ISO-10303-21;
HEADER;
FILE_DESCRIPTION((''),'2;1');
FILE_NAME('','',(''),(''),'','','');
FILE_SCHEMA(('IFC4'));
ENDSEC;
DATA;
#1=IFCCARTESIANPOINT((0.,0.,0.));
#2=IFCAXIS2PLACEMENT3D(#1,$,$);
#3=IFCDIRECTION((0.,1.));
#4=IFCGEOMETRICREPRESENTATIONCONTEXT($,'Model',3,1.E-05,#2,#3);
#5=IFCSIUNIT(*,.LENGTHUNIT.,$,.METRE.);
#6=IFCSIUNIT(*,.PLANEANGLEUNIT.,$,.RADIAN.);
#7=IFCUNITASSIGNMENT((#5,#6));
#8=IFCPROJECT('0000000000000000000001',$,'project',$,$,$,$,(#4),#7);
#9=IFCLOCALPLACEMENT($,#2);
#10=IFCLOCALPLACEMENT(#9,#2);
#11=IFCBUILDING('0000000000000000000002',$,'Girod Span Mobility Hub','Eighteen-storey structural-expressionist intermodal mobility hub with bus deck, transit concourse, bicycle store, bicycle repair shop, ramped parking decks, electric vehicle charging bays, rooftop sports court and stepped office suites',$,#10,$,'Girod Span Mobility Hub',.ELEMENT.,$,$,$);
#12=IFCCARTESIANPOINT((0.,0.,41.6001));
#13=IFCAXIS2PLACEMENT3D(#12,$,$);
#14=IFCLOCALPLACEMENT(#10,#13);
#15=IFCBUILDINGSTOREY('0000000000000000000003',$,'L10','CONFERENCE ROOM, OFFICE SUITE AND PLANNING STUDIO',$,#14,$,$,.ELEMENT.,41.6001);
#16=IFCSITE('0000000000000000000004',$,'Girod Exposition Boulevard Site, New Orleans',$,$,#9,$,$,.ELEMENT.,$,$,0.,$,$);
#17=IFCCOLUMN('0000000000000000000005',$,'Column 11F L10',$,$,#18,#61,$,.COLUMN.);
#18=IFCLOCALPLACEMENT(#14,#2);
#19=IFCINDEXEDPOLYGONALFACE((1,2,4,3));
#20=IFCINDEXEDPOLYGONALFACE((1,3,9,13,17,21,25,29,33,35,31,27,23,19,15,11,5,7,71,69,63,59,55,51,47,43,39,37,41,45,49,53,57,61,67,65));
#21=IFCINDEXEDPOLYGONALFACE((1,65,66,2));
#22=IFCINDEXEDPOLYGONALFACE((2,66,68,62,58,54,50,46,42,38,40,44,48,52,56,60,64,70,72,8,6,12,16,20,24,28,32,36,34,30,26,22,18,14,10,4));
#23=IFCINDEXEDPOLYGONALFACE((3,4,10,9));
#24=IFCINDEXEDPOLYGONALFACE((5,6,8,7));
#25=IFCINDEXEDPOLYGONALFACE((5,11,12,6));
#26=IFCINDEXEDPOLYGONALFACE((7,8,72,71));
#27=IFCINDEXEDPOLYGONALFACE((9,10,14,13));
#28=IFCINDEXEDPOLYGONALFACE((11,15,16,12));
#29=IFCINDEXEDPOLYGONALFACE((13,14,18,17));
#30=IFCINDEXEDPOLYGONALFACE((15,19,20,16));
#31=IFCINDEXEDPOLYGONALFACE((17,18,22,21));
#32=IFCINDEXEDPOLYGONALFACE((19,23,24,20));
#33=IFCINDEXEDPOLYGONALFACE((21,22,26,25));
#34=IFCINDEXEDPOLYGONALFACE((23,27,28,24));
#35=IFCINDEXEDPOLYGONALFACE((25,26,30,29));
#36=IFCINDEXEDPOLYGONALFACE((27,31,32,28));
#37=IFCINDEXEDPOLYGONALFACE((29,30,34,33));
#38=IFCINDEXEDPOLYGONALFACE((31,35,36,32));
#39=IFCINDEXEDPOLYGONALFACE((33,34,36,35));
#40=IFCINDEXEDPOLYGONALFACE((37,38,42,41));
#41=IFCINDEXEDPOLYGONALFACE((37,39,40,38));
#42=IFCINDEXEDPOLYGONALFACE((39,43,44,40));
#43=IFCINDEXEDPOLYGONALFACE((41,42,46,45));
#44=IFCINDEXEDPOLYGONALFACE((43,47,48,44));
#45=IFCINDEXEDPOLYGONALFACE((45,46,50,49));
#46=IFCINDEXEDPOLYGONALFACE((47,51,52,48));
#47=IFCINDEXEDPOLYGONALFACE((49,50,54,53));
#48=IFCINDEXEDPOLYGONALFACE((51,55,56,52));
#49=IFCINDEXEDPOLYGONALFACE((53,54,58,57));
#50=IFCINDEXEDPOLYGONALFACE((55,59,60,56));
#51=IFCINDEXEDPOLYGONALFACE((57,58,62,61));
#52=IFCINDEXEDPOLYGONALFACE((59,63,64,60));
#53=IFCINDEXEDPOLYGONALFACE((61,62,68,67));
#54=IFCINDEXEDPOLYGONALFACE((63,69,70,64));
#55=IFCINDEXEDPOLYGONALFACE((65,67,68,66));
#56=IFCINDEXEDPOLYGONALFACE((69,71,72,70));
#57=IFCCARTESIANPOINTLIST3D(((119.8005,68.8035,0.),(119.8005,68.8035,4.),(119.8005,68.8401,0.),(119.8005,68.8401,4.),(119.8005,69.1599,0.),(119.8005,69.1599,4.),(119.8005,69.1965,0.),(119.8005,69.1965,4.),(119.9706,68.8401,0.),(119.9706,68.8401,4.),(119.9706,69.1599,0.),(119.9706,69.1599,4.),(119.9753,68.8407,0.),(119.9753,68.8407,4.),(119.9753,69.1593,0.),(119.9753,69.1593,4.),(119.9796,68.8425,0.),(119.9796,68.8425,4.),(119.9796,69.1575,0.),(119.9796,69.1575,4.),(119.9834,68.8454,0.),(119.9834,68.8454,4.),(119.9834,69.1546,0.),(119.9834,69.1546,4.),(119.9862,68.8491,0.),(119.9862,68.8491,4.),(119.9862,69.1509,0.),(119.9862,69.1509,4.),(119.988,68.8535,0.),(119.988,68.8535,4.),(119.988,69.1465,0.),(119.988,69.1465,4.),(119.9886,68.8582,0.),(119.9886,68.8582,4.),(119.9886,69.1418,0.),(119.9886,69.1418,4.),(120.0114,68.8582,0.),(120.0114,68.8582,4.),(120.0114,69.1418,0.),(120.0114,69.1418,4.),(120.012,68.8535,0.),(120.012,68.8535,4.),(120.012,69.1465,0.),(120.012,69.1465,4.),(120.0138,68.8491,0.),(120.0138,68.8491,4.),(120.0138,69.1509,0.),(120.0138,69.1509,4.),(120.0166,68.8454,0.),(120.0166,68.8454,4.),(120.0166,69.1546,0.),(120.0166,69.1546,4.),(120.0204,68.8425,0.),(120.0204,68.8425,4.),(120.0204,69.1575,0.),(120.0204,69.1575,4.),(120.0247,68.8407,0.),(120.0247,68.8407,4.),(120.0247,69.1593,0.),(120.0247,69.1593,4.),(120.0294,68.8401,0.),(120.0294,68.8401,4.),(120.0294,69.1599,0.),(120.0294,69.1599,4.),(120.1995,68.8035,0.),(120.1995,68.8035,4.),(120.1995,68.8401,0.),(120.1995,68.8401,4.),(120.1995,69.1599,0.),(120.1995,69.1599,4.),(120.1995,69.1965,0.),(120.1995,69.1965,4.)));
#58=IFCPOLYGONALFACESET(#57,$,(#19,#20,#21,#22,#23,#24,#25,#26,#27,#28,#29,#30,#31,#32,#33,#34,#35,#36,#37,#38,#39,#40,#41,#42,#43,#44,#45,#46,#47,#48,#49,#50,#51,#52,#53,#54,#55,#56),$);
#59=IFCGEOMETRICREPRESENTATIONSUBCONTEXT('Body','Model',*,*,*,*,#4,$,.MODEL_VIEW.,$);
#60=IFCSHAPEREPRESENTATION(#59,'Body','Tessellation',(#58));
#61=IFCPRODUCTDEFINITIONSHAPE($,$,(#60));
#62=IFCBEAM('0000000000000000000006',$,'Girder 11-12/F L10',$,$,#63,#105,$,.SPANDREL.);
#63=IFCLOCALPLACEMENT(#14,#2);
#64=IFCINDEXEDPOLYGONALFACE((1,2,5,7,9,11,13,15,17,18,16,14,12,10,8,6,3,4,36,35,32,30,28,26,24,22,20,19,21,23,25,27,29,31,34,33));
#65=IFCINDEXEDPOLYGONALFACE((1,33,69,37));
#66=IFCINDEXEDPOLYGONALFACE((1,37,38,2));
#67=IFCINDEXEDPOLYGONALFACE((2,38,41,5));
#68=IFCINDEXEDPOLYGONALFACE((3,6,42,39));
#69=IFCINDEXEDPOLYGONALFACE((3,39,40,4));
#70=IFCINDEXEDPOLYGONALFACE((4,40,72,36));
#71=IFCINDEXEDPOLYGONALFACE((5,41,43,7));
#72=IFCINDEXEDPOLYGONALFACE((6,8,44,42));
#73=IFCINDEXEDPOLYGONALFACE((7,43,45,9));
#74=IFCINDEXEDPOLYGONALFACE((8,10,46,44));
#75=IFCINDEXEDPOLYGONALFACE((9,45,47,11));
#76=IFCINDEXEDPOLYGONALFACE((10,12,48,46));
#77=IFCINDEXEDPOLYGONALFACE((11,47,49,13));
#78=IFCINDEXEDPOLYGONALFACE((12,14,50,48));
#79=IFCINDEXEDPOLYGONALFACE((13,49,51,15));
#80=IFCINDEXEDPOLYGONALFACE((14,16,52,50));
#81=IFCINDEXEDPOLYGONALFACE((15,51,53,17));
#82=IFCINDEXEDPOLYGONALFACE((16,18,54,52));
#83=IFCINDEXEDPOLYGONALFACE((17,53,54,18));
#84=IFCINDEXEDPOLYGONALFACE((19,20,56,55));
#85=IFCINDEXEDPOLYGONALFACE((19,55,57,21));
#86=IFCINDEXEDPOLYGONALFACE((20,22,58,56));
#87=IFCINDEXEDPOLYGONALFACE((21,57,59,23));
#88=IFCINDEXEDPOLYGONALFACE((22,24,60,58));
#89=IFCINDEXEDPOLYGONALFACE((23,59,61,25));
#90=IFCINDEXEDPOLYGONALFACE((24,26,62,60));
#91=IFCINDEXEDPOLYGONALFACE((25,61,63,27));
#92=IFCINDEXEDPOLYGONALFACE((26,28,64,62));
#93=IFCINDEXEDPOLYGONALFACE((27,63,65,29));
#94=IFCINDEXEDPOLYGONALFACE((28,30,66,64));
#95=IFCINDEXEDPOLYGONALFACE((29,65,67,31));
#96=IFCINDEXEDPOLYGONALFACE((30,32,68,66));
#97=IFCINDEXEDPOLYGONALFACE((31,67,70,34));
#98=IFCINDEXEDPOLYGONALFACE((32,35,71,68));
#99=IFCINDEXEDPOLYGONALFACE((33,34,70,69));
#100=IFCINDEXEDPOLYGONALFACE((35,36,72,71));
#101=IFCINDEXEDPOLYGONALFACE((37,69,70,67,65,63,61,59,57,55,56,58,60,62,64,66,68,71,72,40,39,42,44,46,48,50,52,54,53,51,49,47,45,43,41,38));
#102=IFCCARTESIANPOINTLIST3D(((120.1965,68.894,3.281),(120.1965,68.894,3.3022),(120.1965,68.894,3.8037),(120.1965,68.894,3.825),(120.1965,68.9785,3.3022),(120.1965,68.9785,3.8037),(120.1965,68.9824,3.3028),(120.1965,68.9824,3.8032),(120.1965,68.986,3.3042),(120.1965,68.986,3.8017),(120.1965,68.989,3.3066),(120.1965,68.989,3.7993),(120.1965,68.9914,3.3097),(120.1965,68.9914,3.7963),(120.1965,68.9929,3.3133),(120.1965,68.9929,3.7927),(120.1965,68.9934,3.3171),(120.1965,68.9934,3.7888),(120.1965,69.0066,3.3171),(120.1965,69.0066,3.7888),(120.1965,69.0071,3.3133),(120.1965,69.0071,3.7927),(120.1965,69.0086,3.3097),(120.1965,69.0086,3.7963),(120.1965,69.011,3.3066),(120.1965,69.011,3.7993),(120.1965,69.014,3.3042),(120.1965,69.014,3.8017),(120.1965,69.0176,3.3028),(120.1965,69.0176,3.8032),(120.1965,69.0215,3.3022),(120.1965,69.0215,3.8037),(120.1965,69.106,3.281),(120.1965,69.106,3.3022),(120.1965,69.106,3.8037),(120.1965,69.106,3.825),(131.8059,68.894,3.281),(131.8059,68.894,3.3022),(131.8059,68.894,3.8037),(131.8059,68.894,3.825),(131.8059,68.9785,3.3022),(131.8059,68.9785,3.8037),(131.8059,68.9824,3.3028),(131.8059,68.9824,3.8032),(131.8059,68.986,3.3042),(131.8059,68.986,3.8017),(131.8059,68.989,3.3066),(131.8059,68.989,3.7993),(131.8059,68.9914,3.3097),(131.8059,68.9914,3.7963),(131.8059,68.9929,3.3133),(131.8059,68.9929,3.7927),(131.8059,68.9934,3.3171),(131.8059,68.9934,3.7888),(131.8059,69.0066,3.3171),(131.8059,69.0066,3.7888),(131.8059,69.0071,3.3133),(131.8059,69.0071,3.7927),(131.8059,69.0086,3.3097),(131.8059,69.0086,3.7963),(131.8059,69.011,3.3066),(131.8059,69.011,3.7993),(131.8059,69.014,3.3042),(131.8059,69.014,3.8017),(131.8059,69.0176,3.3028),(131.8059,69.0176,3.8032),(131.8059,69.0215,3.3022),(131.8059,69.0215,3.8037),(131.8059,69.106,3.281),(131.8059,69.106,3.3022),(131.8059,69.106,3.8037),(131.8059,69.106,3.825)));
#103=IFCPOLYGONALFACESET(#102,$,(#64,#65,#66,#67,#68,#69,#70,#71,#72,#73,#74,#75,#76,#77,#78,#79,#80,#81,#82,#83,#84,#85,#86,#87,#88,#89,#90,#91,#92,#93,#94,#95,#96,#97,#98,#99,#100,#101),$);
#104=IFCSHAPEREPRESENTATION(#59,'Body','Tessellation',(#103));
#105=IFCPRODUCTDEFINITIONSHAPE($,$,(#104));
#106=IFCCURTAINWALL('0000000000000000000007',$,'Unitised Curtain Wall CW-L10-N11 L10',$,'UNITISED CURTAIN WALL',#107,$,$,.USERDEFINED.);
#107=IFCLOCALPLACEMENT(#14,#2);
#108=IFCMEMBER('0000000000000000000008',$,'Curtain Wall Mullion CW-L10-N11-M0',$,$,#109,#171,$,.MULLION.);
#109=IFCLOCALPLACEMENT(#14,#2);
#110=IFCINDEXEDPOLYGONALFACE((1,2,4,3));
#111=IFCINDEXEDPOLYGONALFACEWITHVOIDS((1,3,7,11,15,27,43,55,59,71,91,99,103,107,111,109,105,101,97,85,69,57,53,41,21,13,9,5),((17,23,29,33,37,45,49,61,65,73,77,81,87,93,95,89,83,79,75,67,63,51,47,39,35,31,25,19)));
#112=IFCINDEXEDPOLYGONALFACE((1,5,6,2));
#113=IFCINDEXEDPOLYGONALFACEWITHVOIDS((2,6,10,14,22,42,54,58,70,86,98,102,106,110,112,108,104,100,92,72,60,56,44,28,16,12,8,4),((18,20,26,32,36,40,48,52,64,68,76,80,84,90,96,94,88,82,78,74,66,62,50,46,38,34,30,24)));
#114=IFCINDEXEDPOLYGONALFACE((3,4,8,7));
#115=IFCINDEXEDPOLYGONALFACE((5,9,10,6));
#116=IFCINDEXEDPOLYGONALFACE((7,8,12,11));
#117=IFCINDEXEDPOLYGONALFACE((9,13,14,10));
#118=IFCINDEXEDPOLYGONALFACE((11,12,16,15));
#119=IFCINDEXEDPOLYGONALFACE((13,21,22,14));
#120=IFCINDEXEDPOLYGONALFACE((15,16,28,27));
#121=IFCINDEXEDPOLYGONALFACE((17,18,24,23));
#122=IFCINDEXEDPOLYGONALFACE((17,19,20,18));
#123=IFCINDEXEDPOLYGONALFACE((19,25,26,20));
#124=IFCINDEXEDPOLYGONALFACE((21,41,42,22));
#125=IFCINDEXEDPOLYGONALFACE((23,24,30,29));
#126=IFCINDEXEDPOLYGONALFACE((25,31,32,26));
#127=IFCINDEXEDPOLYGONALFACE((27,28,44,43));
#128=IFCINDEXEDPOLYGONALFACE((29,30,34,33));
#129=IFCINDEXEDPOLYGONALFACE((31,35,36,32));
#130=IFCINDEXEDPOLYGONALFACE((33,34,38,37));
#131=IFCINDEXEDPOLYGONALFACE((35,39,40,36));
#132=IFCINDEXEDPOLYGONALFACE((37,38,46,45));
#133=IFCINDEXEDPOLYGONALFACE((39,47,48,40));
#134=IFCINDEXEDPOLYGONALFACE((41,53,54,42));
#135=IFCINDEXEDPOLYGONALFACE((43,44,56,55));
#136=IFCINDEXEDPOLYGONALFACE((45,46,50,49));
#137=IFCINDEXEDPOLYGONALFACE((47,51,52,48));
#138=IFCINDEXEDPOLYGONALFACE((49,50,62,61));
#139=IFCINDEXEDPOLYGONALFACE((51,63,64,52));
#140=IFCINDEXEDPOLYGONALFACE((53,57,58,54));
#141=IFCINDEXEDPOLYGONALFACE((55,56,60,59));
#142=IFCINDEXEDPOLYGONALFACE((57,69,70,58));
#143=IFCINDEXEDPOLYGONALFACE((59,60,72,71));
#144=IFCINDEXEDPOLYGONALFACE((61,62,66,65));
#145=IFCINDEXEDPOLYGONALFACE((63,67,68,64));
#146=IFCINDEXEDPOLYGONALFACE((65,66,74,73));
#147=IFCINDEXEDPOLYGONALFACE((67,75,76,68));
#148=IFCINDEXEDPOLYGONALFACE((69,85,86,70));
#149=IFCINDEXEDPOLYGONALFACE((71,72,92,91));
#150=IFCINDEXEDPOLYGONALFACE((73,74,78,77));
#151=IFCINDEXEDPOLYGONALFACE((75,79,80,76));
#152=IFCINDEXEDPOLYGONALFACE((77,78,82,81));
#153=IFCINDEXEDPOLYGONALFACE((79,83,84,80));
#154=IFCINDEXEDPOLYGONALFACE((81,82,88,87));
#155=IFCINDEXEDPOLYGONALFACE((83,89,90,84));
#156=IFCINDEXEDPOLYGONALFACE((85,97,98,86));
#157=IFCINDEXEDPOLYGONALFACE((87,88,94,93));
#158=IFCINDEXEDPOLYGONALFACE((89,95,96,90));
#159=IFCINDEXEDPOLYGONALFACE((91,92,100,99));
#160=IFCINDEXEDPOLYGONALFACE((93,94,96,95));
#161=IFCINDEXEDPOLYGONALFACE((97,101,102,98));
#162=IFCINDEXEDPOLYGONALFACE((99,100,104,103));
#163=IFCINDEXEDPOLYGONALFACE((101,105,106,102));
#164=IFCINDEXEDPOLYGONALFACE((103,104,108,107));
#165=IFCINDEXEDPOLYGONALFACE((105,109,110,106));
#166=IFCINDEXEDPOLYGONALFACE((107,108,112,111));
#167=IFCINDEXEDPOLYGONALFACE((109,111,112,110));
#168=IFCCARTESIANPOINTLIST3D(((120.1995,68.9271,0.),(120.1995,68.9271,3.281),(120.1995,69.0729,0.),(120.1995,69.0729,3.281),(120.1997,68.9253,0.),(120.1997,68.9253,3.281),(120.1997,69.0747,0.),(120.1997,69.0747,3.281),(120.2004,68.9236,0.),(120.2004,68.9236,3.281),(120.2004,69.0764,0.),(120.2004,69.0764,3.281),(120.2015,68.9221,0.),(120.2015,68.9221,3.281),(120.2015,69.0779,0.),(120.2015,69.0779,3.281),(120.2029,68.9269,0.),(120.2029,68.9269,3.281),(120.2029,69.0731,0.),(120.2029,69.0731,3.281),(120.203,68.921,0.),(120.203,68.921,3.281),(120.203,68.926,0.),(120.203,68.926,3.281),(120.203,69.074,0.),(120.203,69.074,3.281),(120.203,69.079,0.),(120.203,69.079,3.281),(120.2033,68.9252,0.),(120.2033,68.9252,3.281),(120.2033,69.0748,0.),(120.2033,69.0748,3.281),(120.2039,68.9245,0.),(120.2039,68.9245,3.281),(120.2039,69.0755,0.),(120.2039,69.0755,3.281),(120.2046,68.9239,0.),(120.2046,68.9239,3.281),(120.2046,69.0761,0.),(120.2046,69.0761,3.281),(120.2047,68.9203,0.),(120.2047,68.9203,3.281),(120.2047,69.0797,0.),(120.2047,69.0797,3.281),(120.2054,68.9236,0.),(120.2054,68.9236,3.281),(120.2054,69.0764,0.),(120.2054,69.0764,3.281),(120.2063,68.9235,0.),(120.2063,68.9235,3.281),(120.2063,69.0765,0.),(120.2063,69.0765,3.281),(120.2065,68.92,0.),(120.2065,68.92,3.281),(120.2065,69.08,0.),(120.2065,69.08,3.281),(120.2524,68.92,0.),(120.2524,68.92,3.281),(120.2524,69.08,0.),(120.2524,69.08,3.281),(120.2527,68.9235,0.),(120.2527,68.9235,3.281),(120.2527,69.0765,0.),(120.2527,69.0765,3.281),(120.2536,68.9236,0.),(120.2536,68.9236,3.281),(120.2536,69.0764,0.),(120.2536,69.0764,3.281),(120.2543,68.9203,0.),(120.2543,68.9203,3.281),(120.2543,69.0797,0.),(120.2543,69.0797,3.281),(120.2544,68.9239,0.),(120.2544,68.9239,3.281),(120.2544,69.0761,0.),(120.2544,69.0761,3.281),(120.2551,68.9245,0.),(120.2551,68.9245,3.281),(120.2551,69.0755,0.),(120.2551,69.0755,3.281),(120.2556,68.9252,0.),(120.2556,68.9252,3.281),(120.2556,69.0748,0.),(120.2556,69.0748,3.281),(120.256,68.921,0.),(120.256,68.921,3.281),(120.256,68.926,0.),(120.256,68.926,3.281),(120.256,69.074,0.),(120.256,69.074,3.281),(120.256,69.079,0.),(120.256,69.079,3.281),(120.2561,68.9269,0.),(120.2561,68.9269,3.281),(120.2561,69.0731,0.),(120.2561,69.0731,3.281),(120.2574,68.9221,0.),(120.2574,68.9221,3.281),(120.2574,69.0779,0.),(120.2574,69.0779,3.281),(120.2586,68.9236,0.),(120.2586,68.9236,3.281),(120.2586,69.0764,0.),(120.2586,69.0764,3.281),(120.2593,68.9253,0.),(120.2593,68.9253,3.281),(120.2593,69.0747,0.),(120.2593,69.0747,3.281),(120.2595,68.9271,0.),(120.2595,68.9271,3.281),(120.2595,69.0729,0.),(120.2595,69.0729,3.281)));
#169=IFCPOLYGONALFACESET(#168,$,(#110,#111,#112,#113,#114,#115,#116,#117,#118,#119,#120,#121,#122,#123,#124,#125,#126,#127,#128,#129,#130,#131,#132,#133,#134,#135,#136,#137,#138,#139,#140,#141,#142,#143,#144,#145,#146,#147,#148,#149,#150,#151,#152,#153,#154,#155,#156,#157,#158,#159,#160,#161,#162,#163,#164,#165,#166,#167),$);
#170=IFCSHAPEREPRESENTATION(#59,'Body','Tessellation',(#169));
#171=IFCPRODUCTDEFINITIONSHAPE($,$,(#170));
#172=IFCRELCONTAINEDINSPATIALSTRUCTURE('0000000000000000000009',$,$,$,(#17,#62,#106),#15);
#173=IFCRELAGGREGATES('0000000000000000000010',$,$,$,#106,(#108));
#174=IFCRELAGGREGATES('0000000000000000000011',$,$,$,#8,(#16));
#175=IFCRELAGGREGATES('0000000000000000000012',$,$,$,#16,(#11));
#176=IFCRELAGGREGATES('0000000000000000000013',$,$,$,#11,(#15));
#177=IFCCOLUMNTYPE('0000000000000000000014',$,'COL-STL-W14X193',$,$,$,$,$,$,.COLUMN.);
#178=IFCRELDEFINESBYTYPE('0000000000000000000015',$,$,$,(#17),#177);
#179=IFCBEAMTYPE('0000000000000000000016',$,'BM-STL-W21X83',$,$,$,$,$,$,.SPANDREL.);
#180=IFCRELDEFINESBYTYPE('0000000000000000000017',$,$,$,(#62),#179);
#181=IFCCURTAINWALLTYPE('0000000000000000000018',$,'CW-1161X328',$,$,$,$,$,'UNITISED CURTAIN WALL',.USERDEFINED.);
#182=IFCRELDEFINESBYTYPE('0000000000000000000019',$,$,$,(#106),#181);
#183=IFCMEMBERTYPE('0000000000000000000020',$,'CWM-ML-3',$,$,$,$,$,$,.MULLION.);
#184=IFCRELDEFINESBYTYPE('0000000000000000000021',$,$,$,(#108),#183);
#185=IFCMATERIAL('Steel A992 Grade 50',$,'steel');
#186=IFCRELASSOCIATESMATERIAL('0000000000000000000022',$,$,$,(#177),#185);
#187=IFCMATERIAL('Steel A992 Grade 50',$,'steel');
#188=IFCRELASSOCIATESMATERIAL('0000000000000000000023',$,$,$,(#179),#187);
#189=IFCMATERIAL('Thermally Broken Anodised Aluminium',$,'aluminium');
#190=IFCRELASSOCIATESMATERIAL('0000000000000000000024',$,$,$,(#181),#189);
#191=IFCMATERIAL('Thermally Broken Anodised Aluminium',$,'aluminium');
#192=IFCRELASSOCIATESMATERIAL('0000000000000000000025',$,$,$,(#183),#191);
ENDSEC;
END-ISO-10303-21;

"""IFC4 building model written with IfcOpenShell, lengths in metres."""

from ifc_helpers import new_model, si_unit, direction, frame, origin, origin_2d, place, context, subcontext, project, spatial, hollow_rectangle, i_section, extrude, material, material_profile, profile_set, type_object, element, aggregate, save


model = new_model("IFC4")

# Units and contexts
model_context = context("Model", 3, precision=1e-05, world=origin(), true_north=direction((0.0, 1.0)))
body_context = subcontext(model_context, "Body", "Model", "MODEL_VIEW")
ifc_project = project(units=[si_unit("LENGTHUNIT", "METRE"), si_unit("PLANEANGLEUNIT", "RADIAN")], contexts=[model_context])

# Site, building, storey
site_placement = place(None, origin())
site = spatial("IfcSite", under=ifc_project, at=site_placement, Name="Girod Exposition Boulevard Site, New Orleans", CompositionType="ELEMENT", RefElevation=0.0)
building_placement = place(site_placement, origin())
building = spatial("IfcBuilding", under=site, at=building_placement, Name="Girod Span Mobility Hub", Description="Eighteen-storey structural-expressionist intermodal mobility hub with bus deck, transit concourse, bicycle store, bicycle repair shop, ramped parking decks, electric vehicle charging bays, rooftop sports court and stepped office suites", LongName="Girod Span Mobility Hub", CompositionType="ELEMENT")
storey_placement = place(building_placement, frame((0.0, 0.0, 41.6001)))
storey = spatial("IfcBuildingStorey", under=building, at=storey_placement, Name="L10", Description="CONFERENCE ROOM, OFFICE SUITE AND PLANNING STUDIO", CompositionType="ELEMENT", Elevation=41.6001)

# Column
ifc_material_1 = material(Name="Steel A992 Grade 50", Category="steel")
ifc_material_profile_1 = material_profile(ifc_material_1, i_section(OverallWidth=0.3989, OverallDepth=0.3931, WebThickness=0.0227, FlangeThickness=0.0366, FilletRadius=0.0181, at=origin_2d()), Name="W14X193")
ifc_profile_set_1 = profile_set([ifc_material_profile_1], Name="Steel A992 Grade 50")
column_type = type_object("IfcColumnType", Name="COL-STL-W14X193", PredefinedType="COLUMN", material=ifc_profile_set_1)
column_placement = place(storey_placement, frame((120.0, 69.0, 0.0), z_axis=(0.0, 0.0, 1.0), x_axis=(1.0, 0.0, 0.0)))
element("IfcColumn", 1, at=column_placement, inside=storey, type_object=column_type, Name="Column 11F L10", PredefinedType="COLUMN", context=body_context, shape_type="SweptSolid", body=[
    extrude(i_section(OverallWidth=0.3989, OverallDepth=0.3931, WebThickness=0.0227, FlangeThickness=0.0366, FilletRadius=0.0181, at=origin_2d()), origin(), (0.0, 0.0, 1.0), 4.0),
])

# Beam
ifc_material_2 = material(Name="Steel A992 Grade 50", Category="steel")
ifc_material_profile_2 = material_profile(ifc_material_2, i_section(OverallWidth=0.2119, OverallDepth=0.5439, WebThickness=0.0132, FlangeThickness=0.0212, FilletRadius=0.0149, at=origin_2d()), Name="W21X83")
ifc_profile_set_2 = profile_set([ifc_material_profile_2], Name="Steel A992 Grade 50")
beam_type = type_object("IfcBeamType", Name="BM-STL-W21X83", PredefinedType="SPANDREL", material=ifc_profile_set_2)
beam_placement = place(storey_placement, frame((120.1965, 69.0, 3.553), z_axis=(1.0, 0.0, 0.0), x_axis=(0.0, 1.0, 0.0)))
element("IfcBeam", 2, at=beam_placement, inside=storey, type_object=beam_type, Name="Girder 11-12/F L10", PredefinedType="SPANDREL", context=body_context, shape_type="SweptSolid", body=[
    extrude(i_section(OverallWidth=0.2119, OverallDepth=0.5439, WebThickness=0.0132, FlangeThickness=0.0212, FilletRadius=0.0149, at=origin_2d()), origin(), (0.0, 0.0, 1.0), 11.6094),
])

# Curtain wall, member
ifc_material_3 = material(Name="Thermally Broken Anodised Aluminium", Category="aluminium")
curtain_wall_type = type_object("IfcCurtainWallType", Name="CW-1161X328", ElementType="UNITISED CURTAIN WALL", PredefinedType="USERDEFINED", material=ifc_material_3)
curtain_wall_placement = place(storey_placement, origin())
curtain_wall = element("IfcCurtainWall", 3, at=curtain_wall_placement, inside=storey, type_object=curtain_wall_type, Name="Unitised Curtain Wall CW-L10-N11 L10", ObjectType="UNITISED CURTAIN WALL", PredefinedType="USERDEFINED")
ifc_material_4 = material(Name="Thermally Broken Anodised Aluminium", Category="aluminium")
ifc_material_profile_3 = material_profile(ifc_material_4, hollow_rectangle(XDim=0.1599, YDim=0.0601, WallThickness=0.0034, InnerFilletRadius=0.0034, OuterFilletRadius=0.0071, at=origin_2d()), Name="CW-ML-60X160")
ifc_profile_set_3 = profile_set([ifc_material_profile_3], Name="Thermally Broken Anodised Aluminium")
member_type_1 = type_object("IfcMemberType", Name="CWM-ML-3", PredefinedType="MULLION", material=ifc_profile_set_3)
member_1_placement = place(storey_placement, frame((120.2295, 69.0, 0.0), z_axis=(0.0, 0.0, 1.0), x_axis=(0.0, 1.0, 0.0)))
member_1 = element("IfcMember", 4, at=member_1_placement, type_object=member_type_1, Name="Curtain Wall Mullion CW-L10-N11-M0", PredefinedType="MULLION", context=body_context, shape_type="SweptSolid", body=[
    extrude(hollow_rectangle(XDim=0.1599, YDim=0.0601, WallThickness=0.0034, InnerFilletRadius=0.0034, OuterFilletRadius=0.0071, at=origin_2d()), origin(), (0.0, 0.0, 1.0), 3.281),
])

aggregate(curtain_wall, [member_1])

save(model, "model.ifc")
